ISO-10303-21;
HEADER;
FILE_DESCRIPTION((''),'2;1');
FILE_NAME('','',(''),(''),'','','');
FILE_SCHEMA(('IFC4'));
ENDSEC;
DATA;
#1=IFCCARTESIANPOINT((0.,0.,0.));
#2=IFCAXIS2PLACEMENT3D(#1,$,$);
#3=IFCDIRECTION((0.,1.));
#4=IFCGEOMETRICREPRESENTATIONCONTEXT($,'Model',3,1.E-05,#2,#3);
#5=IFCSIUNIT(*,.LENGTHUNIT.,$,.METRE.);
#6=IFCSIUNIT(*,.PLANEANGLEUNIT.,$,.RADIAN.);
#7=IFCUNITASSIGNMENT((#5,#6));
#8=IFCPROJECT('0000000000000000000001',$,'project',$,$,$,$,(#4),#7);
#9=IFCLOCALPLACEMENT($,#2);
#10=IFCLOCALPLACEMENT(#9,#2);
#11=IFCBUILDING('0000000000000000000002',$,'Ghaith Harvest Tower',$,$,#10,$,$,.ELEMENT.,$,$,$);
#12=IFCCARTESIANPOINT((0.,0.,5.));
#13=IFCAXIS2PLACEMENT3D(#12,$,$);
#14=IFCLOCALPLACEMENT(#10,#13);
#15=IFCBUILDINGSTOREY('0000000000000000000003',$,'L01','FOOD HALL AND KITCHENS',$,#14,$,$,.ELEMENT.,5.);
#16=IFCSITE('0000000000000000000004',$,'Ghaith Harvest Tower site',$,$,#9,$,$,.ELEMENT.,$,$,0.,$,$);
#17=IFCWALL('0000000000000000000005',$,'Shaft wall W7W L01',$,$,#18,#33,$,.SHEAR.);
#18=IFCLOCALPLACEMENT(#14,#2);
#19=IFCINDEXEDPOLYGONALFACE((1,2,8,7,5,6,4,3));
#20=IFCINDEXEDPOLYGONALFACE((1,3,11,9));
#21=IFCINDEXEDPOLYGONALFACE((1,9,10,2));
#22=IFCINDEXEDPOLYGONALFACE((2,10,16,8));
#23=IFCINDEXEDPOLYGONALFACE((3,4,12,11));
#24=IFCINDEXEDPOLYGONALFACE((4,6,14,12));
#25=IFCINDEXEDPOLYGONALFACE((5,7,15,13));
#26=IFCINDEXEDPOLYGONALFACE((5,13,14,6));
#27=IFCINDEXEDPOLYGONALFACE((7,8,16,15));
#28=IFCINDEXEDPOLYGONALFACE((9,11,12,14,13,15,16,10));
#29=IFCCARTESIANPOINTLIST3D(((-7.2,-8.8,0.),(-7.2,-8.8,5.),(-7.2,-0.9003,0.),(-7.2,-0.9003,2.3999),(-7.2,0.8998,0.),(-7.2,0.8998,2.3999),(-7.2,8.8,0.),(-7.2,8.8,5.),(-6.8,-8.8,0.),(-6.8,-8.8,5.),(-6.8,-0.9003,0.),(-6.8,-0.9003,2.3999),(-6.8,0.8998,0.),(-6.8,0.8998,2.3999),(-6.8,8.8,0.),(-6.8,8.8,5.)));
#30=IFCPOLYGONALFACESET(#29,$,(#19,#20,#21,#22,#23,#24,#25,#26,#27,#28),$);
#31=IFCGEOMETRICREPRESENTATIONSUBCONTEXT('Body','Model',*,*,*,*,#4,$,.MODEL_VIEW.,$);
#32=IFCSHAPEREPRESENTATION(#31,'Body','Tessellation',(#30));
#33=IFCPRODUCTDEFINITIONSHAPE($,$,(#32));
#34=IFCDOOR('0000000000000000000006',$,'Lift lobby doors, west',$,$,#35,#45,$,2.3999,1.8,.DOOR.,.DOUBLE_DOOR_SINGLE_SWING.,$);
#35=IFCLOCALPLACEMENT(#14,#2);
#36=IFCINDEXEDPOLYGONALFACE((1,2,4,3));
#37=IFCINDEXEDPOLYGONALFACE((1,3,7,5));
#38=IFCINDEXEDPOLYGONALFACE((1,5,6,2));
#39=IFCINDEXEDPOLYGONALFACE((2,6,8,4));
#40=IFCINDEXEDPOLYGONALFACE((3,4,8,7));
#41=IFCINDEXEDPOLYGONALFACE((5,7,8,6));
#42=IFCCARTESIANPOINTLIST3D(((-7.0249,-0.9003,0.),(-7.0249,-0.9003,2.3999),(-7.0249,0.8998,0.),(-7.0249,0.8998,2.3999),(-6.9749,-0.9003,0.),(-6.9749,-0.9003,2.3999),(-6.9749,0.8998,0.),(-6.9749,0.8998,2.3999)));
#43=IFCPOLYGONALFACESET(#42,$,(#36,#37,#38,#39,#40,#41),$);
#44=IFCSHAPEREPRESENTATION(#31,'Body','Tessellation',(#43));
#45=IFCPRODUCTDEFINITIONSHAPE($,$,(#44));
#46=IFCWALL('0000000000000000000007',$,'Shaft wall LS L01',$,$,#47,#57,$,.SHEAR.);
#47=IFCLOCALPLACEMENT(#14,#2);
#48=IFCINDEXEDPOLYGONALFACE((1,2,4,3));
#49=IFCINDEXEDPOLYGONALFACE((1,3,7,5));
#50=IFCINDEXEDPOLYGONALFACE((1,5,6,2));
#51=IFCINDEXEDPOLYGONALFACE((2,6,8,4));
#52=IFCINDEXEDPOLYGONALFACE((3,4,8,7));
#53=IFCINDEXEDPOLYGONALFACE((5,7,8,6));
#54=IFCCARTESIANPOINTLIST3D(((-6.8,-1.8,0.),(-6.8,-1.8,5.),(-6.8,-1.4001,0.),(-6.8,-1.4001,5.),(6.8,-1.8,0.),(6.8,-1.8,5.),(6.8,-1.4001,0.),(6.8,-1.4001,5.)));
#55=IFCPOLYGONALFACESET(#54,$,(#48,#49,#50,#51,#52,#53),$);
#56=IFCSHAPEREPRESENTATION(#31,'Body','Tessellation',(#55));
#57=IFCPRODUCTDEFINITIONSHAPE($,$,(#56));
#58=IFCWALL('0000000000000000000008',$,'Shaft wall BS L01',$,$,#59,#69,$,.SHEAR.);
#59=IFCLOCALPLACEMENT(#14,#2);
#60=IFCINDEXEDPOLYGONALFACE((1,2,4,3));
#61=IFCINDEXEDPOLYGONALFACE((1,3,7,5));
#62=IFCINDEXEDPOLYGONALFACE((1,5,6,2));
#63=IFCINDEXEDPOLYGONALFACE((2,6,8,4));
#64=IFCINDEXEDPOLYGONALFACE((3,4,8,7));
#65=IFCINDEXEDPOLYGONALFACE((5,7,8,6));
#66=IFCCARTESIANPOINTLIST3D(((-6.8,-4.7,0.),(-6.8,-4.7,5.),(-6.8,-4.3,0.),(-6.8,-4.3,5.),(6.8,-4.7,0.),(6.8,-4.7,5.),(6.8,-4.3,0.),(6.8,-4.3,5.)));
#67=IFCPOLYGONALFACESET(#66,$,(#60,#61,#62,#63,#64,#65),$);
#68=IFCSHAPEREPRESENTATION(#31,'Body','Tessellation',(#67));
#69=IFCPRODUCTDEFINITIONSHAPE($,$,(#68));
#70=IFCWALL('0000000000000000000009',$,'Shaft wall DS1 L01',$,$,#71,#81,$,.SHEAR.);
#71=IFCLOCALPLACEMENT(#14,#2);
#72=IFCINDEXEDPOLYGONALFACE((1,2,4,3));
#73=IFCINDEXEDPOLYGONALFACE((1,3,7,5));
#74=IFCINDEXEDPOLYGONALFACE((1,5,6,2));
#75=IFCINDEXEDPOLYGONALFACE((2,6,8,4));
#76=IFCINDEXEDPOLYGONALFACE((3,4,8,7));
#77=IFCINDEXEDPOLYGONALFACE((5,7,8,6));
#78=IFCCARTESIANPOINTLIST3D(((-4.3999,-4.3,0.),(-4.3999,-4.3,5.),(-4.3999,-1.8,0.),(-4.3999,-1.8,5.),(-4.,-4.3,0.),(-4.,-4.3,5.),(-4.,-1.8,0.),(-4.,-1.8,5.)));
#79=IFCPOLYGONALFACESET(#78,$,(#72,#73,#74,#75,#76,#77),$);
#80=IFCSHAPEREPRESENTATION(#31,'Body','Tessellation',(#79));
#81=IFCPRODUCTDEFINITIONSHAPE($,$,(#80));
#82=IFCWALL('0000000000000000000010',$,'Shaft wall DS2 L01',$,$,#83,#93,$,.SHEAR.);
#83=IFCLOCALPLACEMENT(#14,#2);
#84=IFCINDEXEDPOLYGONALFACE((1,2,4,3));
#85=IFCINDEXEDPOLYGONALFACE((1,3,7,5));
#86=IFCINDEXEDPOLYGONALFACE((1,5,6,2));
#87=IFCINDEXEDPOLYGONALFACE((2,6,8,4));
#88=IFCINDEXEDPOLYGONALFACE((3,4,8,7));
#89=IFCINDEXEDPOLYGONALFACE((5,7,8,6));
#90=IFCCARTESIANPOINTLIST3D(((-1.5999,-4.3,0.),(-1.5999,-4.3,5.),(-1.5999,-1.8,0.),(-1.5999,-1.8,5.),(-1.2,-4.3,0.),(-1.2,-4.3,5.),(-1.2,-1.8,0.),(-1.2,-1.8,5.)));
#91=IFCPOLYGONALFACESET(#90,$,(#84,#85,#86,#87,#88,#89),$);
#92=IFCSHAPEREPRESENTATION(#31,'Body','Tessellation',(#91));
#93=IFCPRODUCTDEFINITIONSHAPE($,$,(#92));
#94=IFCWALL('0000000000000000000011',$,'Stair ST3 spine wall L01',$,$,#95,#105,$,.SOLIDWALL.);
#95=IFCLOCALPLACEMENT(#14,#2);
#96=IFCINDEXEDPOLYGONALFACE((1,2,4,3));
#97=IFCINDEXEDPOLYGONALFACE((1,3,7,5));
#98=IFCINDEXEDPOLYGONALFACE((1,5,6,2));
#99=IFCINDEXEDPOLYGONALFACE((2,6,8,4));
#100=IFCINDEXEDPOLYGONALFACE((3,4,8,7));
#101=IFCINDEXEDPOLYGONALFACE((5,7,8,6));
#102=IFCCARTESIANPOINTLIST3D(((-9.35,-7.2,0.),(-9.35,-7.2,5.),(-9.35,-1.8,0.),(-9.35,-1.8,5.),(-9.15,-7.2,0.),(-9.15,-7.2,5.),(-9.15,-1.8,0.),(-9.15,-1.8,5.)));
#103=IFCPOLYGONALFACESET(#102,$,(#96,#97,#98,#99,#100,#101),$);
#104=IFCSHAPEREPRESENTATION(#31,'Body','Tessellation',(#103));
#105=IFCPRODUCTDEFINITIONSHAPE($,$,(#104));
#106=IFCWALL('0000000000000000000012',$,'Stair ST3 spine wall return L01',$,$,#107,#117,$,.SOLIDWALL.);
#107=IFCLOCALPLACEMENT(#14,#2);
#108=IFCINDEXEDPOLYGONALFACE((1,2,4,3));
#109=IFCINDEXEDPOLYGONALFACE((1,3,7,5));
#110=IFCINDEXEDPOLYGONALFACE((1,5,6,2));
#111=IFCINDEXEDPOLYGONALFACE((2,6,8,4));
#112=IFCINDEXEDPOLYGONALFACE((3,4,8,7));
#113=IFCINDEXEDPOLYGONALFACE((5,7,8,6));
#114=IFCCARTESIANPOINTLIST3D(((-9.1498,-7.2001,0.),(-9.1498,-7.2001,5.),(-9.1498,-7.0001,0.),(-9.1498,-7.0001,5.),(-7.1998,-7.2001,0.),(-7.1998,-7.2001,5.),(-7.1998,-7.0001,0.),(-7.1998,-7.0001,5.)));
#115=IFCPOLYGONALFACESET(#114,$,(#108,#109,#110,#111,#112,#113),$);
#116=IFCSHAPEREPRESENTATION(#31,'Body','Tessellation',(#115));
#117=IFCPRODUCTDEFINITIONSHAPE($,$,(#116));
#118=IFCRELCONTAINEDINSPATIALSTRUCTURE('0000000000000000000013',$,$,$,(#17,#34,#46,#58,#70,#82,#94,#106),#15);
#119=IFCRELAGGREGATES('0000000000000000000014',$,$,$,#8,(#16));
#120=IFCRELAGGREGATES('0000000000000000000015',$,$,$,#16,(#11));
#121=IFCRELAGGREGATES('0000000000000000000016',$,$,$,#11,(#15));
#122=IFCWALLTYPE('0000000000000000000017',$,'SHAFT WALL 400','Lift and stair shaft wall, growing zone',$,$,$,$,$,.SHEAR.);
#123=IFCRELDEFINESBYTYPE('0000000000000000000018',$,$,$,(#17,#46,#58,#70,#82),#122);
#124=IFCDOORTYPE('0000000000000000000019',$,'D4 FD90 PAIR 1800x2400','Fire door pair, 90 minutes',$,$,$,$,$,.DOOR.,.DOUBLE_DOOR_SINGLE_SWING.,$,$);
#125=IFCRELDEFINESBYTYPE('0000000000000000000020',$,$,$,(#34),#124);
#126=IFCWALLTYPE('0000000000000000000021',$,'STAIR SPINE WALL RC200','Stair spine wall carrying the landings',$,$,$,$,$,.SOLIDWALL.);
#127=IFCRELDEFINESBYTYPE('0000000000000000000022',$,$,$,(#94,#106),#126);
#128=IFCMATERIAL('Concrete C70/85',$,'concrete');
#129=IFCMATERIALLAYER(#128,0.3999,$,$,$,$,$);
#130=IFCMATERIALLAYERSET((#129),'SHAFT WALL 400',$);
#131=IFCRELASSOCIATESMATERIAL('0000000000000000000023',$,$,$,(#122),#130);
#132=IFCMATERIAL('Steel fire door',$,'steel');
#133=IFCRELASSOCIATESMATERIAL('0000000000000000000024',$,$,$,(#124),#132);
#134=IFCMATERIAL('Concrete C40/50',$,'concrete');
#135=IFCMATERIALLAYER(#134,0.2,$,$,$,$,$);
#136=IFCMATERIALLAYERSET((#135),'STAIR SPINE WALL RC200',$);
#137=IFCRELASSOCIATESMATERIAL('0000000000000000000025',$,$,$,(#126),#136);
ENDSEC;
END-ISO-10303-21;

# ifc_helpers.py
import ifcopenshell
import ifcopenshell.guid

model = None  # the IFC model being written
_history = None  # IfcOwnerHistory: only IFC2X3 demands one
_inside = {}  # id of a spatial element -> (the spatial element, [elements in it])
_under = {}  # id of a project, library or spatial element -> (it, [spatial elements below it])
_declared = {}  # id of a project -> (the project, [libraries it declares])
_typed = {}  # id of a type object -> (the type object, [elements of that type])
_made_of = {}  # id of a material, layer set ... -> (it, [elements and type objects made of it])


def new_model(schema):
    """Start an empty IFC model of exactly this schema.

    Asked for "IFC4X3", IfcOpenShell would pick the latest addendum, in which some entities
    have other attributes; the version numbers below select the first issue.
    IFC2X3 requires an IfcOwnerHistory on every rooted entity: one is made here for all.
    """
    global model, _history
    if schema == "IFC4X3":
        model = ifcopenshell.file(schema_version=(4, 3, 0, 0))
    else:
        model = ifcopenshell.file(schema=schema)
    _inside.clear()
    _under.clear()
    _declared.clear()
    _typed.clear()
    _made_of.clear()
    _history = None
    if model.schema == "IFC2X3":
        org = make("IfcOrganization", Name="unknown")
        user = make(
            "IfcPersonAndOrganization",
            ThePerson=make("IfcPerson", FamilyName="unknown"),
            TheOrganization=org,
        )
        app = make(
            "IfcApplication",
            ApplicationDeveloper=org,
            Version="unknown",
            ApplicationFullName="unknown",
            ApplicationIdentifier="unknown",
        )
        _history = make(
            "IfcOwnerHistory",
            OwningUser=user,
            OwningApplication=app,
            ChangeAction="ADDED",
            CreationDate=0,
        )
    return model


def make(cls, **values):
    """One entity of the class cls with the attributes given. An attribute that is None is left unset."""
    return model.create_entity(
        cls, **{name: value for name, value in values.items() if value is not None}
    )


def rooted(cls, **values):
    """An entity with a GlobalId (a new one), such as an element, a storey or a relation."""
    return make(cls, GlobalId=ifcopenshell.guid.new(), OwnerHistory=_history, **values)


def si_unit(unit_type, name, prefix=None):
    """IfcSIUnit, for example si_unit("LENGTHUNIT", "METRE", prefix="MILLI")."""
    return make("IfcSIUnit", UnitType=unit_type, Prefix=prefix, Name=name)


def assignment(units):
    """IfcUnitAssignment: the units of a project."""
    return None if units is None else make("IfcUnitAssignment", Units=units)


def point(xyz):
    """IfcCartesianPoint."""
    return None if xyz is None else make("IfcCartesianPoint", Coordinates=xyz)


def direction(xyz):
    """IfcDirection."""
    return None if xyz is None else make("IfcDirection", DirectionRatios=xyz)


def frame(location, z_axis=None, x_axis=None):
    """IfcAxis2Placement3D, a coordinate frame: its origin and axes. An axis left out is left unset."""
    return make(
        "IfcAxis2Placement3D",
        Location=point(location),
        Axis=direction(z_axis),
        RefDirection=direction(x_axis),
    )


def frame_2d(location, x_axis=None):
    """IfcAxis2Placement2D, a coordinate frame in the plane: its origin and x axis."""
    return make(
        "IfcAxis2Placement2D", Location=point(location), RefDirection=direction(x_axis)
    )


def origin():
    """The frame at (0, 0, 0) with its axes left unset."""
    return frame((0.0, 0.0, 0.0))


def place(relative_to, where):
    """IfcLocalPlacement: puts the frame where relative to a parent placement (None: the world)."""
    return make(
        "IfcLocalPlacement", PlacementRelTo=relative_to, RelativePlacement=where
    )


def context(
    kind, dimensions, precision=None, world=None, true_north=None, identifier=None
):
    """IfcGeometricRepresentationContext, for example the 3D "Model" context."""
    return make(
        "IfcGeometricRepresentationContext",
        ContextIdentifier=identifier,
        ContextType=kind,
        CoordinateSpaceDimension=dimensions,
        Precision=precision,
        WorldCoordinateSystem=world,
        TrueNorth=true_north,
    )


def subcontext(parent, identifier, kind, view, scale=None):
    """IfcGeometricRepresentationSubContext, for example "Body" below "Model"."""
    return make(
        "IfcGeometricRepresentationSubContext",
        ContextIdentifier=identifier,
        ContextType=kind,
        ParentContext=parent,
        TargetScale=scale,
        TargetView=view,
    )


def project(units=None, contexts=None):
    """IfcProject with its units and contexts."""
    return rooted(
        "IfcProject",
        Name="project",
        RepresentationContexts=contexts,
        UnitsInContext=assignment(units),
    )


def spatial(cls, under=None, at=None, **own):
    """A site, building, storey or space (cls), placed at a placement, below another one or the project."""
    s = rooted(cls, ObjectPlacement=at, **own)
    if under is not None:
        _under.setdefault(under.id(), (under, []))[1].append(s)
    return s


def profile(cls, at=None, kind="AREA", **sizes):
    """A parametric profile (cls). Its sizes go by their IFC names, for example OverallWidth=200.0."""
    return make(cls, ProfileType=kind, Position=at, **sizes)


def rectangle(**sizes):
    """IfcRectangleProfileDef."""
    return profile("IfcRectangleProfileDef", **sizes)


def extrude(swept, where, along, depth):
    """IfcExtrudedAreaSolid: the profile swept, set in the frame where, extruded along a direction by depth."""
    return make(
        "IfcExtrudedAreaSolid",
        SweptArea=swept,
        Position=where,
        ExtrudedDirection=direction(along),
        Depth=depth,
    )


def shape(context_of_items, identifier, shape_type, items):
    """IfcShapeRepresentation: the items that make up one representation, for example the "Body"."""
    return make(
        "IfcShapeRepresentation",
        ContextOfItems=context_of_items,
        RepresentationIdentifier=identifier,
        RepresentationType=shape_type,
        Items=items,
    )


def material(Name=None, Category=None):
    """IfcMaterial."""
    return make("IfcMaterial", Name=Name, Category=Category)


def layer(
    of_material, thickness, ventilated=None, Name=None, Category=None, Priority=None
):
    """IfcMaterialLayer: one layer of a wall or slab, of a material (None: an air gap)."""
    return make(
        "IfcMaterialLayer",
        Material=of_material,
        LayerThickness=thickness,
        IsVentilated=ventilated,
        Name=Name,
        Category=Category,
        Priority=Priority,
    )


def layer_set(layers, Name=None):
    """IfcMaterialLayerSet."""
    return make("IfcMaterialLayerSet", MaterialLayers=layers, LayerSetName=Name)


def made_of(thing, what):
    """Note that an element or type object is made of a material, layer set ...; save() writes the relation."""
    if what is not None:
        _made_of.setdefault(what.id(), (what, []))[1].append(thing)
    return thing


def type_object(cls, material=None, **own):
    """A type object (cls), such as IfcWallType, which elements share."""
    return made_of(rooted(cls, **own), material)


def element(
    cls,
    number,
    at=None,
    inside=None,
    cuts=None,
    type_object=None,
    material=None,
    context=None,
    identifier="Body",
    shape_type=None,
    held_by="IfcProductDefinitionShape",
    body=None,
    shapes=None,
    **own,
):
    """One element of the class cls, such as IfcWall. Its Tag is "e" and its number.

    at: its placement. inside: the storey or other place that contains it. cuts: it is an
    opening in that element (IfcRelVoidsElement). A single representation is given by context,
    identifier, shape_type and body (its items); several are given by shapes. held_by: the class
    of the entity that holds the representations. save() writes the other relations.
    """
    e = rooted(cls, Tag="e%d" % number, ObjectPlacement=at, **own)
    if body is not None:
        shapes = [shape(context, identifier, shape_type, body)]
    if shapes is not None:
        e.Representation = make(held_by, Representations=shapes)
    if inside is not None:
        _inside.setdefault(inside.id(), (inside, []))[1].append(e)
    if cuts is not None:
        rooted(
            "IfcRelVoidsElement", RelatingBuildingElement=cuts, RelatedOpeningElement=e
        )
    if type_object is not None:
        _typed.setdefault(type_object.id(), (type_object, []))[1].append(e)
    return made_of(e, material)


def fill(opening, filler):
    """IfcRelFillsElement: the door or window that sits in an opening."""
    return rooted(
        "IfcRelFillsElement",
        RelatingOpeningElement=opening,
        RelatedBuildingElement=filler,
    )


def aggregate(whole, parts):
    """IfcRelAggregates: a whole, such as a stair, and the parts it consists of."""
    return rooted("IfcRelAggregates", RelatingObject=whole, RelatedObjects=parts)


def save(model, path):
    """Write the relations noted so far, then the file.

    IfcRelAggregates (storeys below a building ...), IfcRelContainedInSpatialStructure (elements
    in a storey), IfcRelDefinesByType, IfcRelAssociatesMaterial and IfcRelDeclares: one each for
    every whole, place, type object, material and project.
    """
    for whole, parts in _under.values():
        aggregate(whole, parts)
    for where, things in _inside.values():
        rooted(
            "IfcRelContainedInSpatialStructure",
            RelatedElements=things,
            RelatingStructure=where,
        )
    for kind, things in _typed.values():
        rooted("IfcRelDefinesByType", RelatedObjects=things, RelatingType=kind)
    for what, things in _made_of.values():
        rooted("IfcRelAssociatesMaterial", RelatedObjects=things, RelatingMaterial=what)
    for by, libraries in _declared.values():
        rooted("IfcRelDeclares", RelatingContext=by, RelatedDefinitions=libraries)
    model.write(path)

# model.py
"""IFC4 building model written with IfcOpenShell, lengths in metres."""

from ifc_helpers import new_model, si_unit, direction, frame, frame_2d, origin, place, context, subcontext, project, spatial, rectangle, extrude, material, layer, layer_set, type_object, element, fill, save


model = new_model("IFC4")

# Units and contexts
model_context = context("Model", 3, precision=1e-05, world=origin(), true_north=direction((0.0, 1.0)))
body_context = subcontext(model_context, "Body", "Model", "MODEL_VIEW")
ifc_project = project(units=[si_unit("LENGTHUNIT", "METRE"), si_unit("PLANEANGLEUNIT", "RADIAN")], contexts=[model_context])

# Site, building, storey
site_placement = place(None, origin())
site = spatial("IfcSite", under=ifc_project, at=site_placement, Name="Ghaith Harvest Tower site", CompositionType="ELEMENT", RefElevation=0.0)
building_placement = place(site_placement, origin())
building = spatial("IfcBuilding", under=site, at=building_placement, Name="Ghaith Harvest Tower", CompositionType="ELEMENT")
storey_placement = place(building_placement, frame((0.0, 0.0, 5.0)))
storey = spatial("IfcBuildingStorey", under=building, at=storey_placement, Name="L01", Description="FOOD HALL AND KITCHENS", CompositionType="ELEMENT", Elevation=5.0)

# Wall, opening, door
ifc_material_1 = material(Name="Concrete C70/85", Category="concrete")
ifc_layer_1 = layer(ifc_material_1, 0.3999)
ifc_layer_set_1 = layer_set([ifc_layer_1], Name="SHAFT WALL 400")
wall_type_1 = type_object("IfcWallType", Name="SHAFT WALL 400", Description="Lift and stair shaft wall, growing zone", PredefinedType="SHEAR", material=ifc_layer_set_1)
wall_1_placement = place(storey_placement, frame((-7.0, -8.8, 0.0), z_axis=(0.0, 0.0, 1.0), x_axis=(0.0, 1.0, 0.0)))
wall_1 = element("IfcWall", 1, at=wall_1_placement, inside=storey, type_object=wall_type_1, Name="Shaft wall W7W L01", PredefinedType="SHEAR", context=body_context, shape_type="SweptSolid", body=[
    extrude(rectangle(XDim=17.6001, YDim=0.3999, at=frame_2d((8.8, 0.0))), origin(), (0.0, 0.0, 1.0), 5.0),
])
opening_1_placement = place(wall_1_placement, frame((7.8999, 0.0, 0.0)))
opening_1 = element("IfcOpeningElement", 2, at=opening_1_placement, cuts=wall_1, PredefinedType="OPENING", context=body_context, shape_type="SweptSolid", body=[
    extrude(rectangle(XDim=1.8, YDim=2.3999, at=frame_2d((0.8999, 1.2))), frame((0.0, 0.21, 0.0), z_axis=(0.0, -1.0, 0.0), x_axis=(1.0, 0.0, 0.0)), (0.0, 0.0, 1.0), 0.4199),
])
ifc_material_2 = material(Name="Steel fire door", Category="steel")
door_type_1 = type_object("IfcDoorType", Name="D4 FD90 PAIR 1800x2400", Description="Fire door pair, 90 minutes", OperationType="DOUBLE_DOOR_SINGLE_SWING", PredefinedType="DOOR", material=ifc_material_2)
door_1_placement = place(opening_1_placement, origin())
door_1 = element("IfcDoor", 3, at=door_1_placement, inside=storey, type_object=door_type_1, Name="Lift lobby doors, west", OperationType="DOUBLE_DOOR_SINGLE_SWING", OverallHeight=2.3999, OverallWidth=1.8, PredefinedType="DOOR", context=body_context, shape_type="SweptSolid", body=[
    extrude(rectangle(XDim=1.8, YDim=2.3999, at=frame_2d((0.8999, 1.2))), frame((0.0, 0.0249, 0.0), z_axis=(0.0, -1.0, 0.0), x_axis=(1.0, 0.0, 0.0)), (0.0, 0.0, 1.0), 0.05),
])
fill(opening_1, door_1)

# Walls
for number, where, z_axis, x_axis, name in (
    (4, (-6.8, -1.6001, 0.0), (0.0, 0.0, 1.0), (1.0, 0.0, 0.0), "Shaft wall LS L01"),
    (5, (-6.8, -4.5, 0.0), (0.0, 0.0, 1.0), (1.0, 0.0, 0.0), "Shaft wall BS L01"),
):
    element("IfcWall", number, at=place(storey_placement, frame(where, z_axis=z_axis, x_axis=x_axis)), inside=storey, type_object=wall_type_1, Name=name, PredefinedType="SHEAR", context=body_context, shape_type="SweptSolid", body=[
        extrude(rectangle(XDim=13.6001, YDim=0.3999, at=frame_2d((6.8, 0.0))), origin(), (0.0, 0.0, 1.0), 5.0),
    ])
for number, where, z_axis, x_axis, name in (
    (6, (-4.2, -4.3, 0.0), (0.0, 0.0, 1.0), (0.0, 1.0, 0.0), "Shaft wall DS1 L01"),
    (7, (-1.3999, -4.3, 0.0), (0.0, 0.0, 1.0), (0.0, 1.0, 0.0), "Shaft wall DS2 L01"),
):
    element("IfcWall", number, at=place(storey_placement, frame(where, z_axis=z_axis, x_axis=x_axis)), inside=storey, type_object=wall_type_1, Name=name, PredefinedType="SHEAR", context=body_context, shape_type="SweptSolid", body=[
        extrude(rectangle(XDim=2.5, YDim=0.3999, at=frame_2d((1.25, 0.0))), origin(), (0.0, 0.0, 1.0), 5.0),
    ])
ifc_material_3 = material(Name="Concrete C40/50", Category="concrete")
ifc_layer_2 = layer(ifc_material_3, 0.2)
ifc_layer_set_2 = layer_set([ifc_layer_2], Name="STAIR SPINE WALL RC200")
wall_type_2 = type_object("IfcWallType", Name="STAIR SPINE WALL RC200", Description="Stair spine wall carrying the landings", PredefinedType="SOLIDWALL", material=ifc_layer_set_2)
wall_2_placement = place(storey_placement, frame((-9.25, -7.2, 0.0), z_axis=(0.0, 0.0, 1.0), x_axis=(0.0, 1.0, 0.0)))
element("IfcWall", 8, at=wall_2_placement, inside=storey, type_object=wall_type_2, Name="Stair ST3 spine wall L01", PredefinedType="SOLIDWALL", context=body_context, shape_type="SweptSolid", body=[
    extrude(rectangle(XDim=5.3999, YDim=0.2, at=frame_2d((2.7, 0.0))), origin(), (0.0, 0.0, 1.0), 5.0),
])
wall_3_placement = place(storey_placement, frame((-9.1499, -7.1001, 0.0), z_axis=(0.0, 0.0, 1.0), x_axis=(1.0, 0.0, 0.0)))
element("IfcWall", 9, at=wall_3_placement, inside=storey, type_object=wall_type_2, Name="Stair ST3 spine wall return L01", PredefinedType="SOLIDWALL", context=body_context, shape_type="SweptSolid", body=[
    extrude(rectangle(XDim=1.95, YDim=0.2, at=frame_2d((0.9751, 0.0))), origin(), (0.0, 0.0, 1.0), 5.0),
])

save(model, "model.ifc")
